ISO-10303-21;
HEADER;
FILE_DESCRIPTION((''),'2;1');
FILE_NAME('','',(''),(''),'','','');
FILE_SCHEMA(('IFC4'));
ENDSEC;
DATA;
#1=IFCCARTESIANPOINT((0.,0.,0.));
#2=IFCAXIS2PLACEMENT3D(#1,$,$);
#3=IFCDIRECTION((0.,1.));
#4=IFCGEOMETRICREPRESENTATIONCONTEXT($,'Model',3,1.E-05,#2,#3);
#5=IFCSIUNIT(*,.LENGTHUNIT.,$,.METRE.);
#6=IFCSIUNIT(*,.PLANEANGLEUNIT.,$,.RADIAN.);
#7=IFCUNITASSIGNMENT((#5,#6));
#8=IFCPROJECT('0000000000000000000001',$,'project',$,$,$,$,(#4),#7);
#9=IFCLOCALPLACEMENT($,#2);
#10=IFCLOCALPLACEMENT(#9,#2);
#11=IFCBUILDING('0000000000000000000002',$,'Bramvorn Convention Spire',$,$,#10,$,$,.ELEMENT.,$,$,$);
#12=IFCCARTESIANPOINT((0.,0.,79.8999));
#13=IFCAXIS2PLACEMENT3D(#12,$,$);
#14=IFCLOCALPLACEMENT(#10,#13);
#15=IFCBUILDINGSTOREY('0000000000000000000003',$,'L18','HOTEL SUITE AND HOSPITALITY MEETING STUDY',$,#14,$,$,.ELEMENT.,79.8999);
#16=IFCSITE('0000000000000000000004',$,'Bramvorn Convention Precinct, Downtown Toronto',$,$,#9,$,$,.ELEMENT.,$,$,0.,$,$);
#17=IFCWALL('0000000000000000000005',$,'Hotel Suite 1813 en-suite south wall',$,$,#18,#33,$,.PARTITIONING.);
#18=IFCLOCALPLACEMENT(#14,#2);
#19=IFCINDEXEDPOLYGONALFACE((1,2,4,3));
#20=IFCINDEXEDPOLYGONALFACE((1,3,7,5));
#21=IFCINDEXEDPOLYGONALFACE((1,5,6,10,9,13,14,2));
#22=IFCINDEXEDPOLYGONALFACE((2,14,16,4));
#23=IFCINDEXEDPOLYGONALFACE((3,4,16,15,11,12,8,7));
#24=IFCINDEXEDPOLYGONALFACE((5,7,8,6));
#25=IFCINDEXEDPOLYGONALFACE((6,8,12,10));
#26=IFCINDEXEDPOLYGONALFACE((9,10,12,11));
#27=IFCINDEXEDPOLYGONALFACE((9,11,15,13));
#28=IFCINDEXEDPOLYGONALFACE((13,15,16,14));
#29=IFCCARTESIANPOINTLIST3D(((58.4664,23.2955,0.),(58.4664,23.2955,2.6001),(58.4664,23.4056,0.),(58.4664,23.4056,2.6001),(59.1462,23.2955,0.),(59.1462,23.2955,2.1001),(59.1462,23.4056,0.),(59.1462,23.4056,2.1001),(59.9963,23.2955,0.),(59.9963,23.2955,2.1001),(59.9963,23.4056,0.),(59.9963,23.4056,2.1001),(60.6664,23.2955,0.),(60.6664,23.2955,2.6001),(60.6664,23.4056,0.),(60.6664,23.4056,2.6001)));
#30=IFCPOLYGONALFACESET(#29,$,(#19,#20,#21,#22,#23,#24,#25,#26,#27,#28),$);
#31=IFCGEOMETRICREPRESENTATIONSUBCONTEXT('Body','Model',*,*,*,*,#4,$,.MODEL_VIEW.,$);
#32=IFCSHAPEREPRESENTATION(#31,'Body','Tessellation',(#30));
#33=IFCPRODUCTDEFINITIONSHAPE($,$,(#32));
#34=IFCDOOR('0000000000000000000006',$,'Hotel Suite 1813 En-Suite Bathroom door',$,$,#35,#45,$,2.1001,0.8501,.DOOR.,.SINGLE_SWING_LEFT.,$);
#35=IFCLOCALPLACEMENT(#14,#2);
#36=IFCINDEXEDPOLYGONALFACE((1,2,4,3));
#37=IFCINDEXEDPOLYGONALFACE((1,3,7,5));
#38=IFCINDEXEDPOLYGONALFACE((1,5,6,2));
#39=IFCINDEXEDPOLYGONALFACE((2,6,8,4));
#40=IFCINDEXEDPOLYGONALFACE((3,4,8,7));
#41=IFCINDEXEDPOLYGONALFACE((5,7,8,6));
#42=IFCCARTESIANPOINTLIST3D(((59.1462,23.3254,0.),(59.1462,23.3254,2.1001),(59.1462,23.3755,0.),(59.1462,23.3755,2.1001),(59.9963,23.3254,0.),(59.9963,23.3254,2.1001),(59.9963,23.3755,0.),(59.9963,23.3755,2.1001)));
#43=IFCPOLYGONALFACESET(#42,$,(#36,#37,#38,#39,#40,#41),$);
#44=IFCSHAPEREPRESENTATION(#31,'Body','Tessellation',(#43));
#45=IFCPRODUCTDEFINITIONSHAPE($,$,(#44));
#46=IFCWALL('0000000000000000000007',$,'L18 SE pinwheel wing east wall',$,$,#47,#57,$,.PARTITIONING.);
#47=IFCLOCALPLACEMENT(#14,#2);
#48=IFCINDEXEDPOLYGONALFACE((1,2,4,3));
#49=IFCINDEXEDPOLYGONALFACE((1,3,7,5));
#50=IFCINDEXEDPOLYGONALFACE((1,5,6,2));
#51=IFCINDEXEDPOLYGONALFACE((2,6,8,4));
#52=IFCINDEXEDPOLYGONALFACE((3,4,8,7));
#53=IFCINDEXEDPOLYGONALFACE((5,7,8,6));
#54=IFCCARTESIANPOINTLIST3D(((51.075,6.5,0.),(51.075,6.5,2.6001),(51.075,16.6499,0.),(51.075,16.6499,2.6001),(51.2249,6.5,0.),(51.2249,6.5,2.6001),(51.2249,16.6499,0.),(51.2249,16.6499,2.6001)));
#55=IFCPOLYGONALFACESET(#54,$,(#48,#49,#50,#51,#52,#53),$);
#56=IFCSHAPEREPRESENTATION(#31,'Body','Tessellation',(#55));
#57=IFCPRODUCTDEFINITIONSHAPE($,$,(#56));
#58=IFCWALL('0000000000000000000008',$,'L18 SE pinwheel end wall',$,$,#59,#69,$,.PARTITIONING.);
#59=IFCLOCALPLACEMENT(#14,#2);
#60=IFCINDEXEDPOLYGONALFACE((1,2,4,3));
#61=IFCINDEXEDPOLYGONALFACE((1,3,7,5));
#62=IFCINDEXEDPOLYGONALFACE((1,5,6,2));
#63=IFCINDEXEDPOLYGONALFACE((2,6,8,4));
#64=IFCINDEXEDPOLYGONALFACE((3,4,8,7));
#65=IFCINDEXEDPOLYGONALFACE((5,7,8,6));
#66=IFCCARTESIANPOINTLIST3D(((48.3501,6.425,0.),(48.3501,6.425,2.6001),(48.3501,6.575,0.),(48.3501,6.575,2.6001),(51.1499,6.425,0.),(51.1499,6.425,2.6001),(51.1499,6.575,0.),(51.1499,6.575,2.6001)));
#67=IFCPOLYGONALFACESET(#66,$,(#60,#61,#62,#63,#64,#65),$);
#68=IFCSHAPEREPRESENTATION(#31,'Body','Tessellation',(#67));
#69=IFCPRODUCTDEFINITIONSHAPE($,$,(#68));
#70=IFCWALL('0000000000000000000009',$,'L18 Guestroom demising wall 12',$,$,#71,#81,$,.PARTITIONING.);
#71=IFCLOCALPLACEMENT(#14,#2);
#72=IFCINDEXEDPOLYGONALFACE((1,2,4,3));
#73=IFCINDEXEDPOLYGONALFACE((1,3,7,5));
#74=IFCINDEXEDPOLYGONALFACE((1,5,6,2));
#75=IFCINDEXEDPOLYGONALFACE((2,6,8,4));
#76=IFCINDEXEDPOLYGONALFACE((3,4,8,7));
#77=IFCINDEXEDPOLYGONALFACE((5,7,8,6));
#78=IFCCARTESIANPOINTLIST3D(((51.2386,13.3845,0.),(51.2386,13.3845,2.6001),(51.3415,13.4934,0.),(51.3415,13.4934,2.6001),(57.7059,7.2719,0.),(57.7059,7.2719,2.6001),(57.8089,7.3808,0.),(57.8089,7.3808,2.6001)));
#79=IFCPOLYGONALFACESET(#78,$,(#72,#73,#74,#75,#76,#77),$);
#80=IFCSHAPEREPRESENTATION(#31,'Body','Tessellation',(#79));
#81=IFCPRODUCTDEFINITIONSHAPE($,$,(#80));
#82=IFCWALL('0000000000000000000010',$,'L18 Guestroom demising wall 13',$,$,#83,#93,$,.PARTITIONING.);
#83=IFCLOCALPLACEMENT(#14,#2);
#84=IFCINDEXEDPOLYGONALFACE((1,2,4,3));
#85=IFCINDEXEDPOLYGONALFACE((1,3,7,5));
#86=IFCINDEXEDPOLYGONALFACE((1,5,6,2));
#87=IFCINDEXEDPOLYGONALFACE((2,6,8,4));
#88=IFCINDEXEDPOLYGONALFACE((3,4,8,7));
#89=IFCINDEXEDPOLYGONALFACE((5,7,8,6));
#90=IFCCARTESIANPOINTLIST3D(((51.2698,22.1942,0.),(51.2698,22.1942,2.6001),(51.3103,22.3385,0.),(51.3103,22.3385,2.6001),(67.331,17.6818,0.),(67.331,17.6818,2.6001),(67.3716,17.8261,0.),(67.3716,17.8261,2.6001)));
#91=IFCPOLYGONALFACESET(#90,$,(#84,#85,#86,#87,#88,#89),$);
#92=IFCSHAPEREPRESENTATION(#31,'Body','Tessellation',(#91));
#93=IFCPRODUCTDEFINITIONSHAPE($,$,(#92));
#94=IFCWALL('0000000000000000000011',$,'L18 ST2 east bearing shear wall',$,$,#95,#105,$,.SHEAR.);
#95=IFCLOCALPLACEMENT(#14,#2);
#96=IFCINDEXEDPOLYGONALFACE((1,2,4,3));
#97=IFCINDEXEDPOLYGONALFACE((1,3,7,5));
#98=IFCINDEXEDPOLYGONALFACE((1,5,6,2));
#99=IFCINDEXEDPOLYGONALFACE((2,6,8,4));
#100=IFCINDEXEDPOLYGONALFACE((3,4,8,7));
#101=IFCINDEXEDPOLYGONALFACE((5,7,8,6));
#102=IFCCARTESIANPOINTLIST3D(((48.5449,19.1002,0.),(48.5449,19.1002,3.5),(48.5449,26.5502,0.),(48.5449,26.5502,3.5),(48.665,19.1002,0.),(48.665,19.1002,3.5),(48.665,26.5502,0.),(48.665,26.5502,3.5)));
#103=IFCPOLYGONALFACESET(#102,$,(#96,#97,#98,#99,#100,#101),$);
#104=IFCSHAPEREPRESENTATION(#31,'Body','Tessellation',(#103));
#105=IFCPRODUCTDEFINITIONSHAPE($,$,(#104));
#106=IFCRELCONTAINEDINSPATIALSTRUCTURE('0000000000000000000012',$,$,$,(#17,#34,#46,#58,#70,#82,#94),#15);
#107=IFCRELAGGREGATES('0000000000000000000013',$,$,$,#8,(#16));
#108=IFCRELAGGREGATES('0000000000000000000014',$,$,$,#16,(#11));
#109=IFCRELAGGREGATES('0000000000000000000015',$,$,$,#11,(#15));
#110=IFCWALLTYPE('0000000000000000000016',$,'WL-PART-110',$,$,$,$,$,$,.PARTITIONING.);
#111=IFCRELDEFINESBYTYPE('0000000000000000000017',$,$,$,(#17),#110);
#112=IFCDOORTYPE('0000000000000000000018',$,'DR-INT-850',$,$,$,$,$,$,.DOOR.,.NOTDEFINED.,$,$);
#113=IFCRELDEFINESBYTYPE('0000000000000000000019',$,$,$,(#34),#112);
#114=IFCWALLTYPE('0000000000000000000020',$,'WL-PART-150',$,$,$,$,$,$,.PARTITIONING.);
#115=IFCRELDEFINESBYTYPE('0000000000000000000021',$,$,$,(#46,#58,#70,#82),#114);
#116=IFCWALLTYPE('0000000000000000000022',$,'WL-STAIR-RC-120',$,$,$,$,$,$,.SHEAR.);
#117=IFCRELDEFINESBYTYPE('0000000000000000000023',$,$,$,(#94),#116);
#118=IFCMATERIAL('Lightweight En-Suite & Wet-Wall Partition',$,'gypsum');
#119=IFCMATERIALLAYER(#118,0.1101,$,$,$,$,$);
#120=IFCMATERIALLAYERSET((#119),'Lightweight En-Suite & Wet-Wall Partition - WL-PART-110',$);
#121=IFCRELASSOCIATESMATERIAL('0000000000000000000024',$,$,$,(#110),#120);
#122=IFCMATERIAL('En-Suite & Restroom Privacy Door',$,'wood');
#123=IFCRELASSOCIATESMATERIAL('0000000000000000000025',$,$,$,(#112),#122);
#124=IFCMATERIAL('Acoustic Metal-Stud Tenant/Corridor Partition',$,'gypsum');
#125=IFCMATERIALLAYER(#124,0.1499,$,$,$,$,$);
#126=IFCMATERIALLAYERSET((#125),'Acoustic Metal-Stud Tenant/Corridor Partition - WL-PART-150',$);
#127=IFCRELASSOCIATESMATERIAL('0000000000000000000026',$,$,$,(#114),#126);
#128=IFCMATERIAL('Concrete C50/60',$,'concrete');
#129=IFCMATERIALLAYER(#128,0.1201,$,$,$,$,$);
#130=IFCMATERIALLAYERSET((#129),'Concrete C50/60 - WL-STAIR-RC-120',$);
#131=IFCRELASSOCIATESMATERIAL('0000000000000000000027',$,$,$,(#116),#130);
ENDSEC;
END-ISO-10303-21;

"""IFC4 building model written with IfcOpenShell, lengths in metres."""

from ifc_helpers import new_model, si_unit, direction, frame, frame_2d, origin, place, context, subcontext, project, spatial, rectangle, extrude, material, layer, layer_set, type_object, element, fill, save


model = new_model("IFC4")

# Units and contexts
model_context = context("Model", 3, precision=1e-05, world=origin(), true_north=direction((0.0, 1.0)))
body_context = subcontext(model_context, "Body", "Model", "MODEL_VIEW")
ifc_project = project(units=[si_unit("LENGTHUNIT", "METRE"), si_unit("PLANEANGLEUNIT", "RADIAN")], contexts=[model_context])

# Site, building, storey
site_placement = place(None, origin())
site = spatial("IfcSite", under=ifc_project, at=site_placement, Name="Bramvorn Convention Precinct, Downtown Toronto", CompositionType="ELEMENT", RefElevation=0.0)
building_placement = place(site_placement, origin())
building = spatial("IfcBuilding", under=site, at=building_placement, Name="Bramvorn Convention Spire", CompositionType="ELEMENT")
storey_placement = place(building_placement, frame((0.0, 0.0, 79.8999)))
storey = spatial("IfcBuildingStorey", under=building, at=storey_placement, Name="L18", Description="HOTEL SUITE AND HOSPITALITY MEETING STUDY", CompositionType="ELEMENT", Elevation=79.8999)

# Shared definitions
ifc_material_1 = material(Name="Lightweight En-Suite & Wet-Wall Partition", Category="gypsum")
ifc_layer_1 = layer(ifc_material_1, 0.1101)
ifc_layer_set_1 = layer_set([ifc_layer_1], Name="Lightweight En-Suite & Wet-Wall Partition - WL-PART-110")
wall_type_1 = type_object("IfcWallType", Name="WL-PART-110", PredefinedType="PARTITIONING", material=ifc_layer_set_1)
ifc_material_2 = material(Name="En-Suite & Restroom Privacy Door", Category="wood")
door_type_1 = type_object("IfcDoorType", Name="DR-INT-850", OperationType="NOTDEFINED", PredefinedType="DOOR", material=ifc_material_2)

# Wall, opening, door
wall_1_placement = place(storey_placement, frame((58.4663, 23.3506, 0.0), z_axis=(0.0, 0.0, 1.0), x_axis=(1.0, 0.0, 0.0)))
wall_1 = element("IfcWall", 1, at=wall_1_placement, inside=storey, type_object=wall_type_1, Name="Hotel Suite 1813 en-suite south wall", PredefinedType="PARTITIONING", context=body_context, shape_type="SweptSolid", body=[
    extrude(rectangle(XDim=2.2, YDim=0.1101, at=frame_2d((1.1001, 0.0))), origin(), (0.0, 0.0, 1.0), 2.6001),
])
opening_1_placement = place(wall_1_placement, frame((0.6799, 0.0, 0.0)))
opening_1 = element("IfcOpeningElement", 2, at=opening_1_placement, cuts=wall_1, PredefinedType="OPENING", context=body_context, shape_type="SweptSolid", body=[
    extrude(rectangle(XDim=0.8501, YDim=2.1001, at=frame_2d((0.425, 1.05))), frame((0.0, 0.0649, 0.0), z_axis=(0.0, -1.0, 0.0), x_axis=(1.0, 0.0, 0.0)), (0.0, 0.0, 1.0), 0.1301),
])
door_1_placement = place(opening_1_placement, origin())
door_1 = element("IfcDoor", 3, at=door_1_placement, inside=storey, type_object=door_type_1, Name="Hotel Suite 1813 En-Suite Bathroom door", OperationType="SINGLE_SWING_LEFT", OverallHeight=2.1001, OverallWidth=0.8501, PredefinedType="DOOR", context=body_context, shape_type="SweptSolid", body=[
    extrude(rectangle(XDim=0.8501, YDim=2.1001, at=frame_2d((0.425, 1.05))), frame((0.0, 0.0249, 0.0), z_axis=(0.0, -1.0, 0.0), x_axis=(1.0, 0.0, 0.0)), (0.0, 0.0, 1.0), 0.05),
])
fill(opening_1, door_1)

# Shared definitions
ifc_material_3 = material(Name="Acoustic Metal-Stud Tenant/Corridor Partition", Category="gypsum")
ifc_layer_2 = layer(ifc_material_3, 0.1499)
ifc_layer_set_2 = layer_set([ifc_layer_2], Name="Acoustic Metal-Stud Tenant/Corridor Partition - WL-PART-150")
wall_type_2 = type_object("IfcWallType", Name="WL-PART-150", PredefinedType="PARTITIONING", material=ifc_layer_set_2)

# Walls
wall_2_placement = place(storey_placement, frame((51.1499, 6.5, 0.0), z_axis=(0.0, 0.0, 1.0), x_axis=(0.0, 1.0, 0.0)))
element("IfcWall", 4, at=wall_2_placement, inside=storey, type_object=wall_type_2, Name="L18 SE pinwheel wing east wall", PredefinedType="PARTITIONING", context=body_context, shape_type="SweptSolid", body=[
    extrude(rectangle(XDim=10.1499, YDim=0.1499, at=frame_2d((5.075, 0.0))), origin(), (0.0, 0.0, 1.0), 2.6001),
])
wall_3_placement = place(storey_placement, frame((48.3501, 6.5, 0.0), z_axis=(0.0, 0.0, 1.0), x_axis=(1.0, 0.0, 0.0)))
element("IfcWall", 5, at=wall_3_placement, inside=storey, type_object=wall_type_2, Name="L18 SE pinwheel end wall", PredefinedType="PARTITIONING", context=body_context, shape_type="SweptSolid", body=[
    extrude(rectangle(XDim=2.7998, YDim=0.1499, at=frame_2d((1.3999, 0.0))), origin(), (0.0, 0.0, 1.0), 2.6001),
])
wall_4_placement = place(storey_placement, frame((51.29, 13.439, 0.0), z_axis=(0.0, 0.0, 1.0), x_axis=(0.726757, -0.686894, 0.0)))
element("IfcWall", 6, at=wall_4_placement, inside=storey, type_object=wall_type_2, Name="L18 Guestroom demising wall 12", PredefinedType="PARTITIONING", context=body_context, shape_type="SweptSolid", body=[
    extrude(rectangle(XDim=8.8989, YDim=0.1499, at=frame_2d((4.4495, 0.0))), origin(), (0.0, 0.0, 1.0), 2.6001),
])
wall_5_placement = place(storey_placement, frame((51.29, 22.2664, 0.0), z_axis=(0.0, 0.0, 1.0), x_axis=(0.962726, -0.27048, 0.0)))
element("IfcWall", 7, at=wall_5_placement, inside=storey, type_object=wall_type_2, Name="L18 Guestroom demising wall 13", PredefinedType="PARTITIONING", context=body_context, shape_type="SweptSolid", body=[
    extrude(rectangle(XDim=16.6831, YDim=0.1499, at=frame_2d((8.3416, 0.0))), origin(), (0.0, 0.0, 1.0), 2.6001),
])
ifc_material_4 = material(Name="Concrete C50/60", Category="concrete")
ifc_layer_3 = layer(ifc_material_4, 0.1201)
ifc_layer_set_3 = layer_set([ifc_layer_3], Name="Concrete C50/60 - WL-STAIR-RC-120")
wall_type_3 = type_object("IfcWallType", Name="WL-STAIR-RC-120", PredefinedType="SHEAR", material=ifc_layer_set_3)
wall_6_placement = place(storey_placement, frame((48.605, 19.1001, 0.0), z_axis=(0.0, 0.0, 1.0), x_axis=(0.0, 1.0, 0.0)))
element("IfcWall", 8, at=wall_6_placement, inside=storey, type_object=wall_type_3, Name="L18 ST2 east bearing shear wall", PredefinedType="SHEAR", context=body_context, shape_type="SweptSolid", body=[
    extrude(rectangle(XDim=7.45, YDim=0.1201, at=frame_2d((3.7251, 0.0))), origin(), (0.0, 0.0, 1.0), 3.5),
])

save(model, "model.ifc")
